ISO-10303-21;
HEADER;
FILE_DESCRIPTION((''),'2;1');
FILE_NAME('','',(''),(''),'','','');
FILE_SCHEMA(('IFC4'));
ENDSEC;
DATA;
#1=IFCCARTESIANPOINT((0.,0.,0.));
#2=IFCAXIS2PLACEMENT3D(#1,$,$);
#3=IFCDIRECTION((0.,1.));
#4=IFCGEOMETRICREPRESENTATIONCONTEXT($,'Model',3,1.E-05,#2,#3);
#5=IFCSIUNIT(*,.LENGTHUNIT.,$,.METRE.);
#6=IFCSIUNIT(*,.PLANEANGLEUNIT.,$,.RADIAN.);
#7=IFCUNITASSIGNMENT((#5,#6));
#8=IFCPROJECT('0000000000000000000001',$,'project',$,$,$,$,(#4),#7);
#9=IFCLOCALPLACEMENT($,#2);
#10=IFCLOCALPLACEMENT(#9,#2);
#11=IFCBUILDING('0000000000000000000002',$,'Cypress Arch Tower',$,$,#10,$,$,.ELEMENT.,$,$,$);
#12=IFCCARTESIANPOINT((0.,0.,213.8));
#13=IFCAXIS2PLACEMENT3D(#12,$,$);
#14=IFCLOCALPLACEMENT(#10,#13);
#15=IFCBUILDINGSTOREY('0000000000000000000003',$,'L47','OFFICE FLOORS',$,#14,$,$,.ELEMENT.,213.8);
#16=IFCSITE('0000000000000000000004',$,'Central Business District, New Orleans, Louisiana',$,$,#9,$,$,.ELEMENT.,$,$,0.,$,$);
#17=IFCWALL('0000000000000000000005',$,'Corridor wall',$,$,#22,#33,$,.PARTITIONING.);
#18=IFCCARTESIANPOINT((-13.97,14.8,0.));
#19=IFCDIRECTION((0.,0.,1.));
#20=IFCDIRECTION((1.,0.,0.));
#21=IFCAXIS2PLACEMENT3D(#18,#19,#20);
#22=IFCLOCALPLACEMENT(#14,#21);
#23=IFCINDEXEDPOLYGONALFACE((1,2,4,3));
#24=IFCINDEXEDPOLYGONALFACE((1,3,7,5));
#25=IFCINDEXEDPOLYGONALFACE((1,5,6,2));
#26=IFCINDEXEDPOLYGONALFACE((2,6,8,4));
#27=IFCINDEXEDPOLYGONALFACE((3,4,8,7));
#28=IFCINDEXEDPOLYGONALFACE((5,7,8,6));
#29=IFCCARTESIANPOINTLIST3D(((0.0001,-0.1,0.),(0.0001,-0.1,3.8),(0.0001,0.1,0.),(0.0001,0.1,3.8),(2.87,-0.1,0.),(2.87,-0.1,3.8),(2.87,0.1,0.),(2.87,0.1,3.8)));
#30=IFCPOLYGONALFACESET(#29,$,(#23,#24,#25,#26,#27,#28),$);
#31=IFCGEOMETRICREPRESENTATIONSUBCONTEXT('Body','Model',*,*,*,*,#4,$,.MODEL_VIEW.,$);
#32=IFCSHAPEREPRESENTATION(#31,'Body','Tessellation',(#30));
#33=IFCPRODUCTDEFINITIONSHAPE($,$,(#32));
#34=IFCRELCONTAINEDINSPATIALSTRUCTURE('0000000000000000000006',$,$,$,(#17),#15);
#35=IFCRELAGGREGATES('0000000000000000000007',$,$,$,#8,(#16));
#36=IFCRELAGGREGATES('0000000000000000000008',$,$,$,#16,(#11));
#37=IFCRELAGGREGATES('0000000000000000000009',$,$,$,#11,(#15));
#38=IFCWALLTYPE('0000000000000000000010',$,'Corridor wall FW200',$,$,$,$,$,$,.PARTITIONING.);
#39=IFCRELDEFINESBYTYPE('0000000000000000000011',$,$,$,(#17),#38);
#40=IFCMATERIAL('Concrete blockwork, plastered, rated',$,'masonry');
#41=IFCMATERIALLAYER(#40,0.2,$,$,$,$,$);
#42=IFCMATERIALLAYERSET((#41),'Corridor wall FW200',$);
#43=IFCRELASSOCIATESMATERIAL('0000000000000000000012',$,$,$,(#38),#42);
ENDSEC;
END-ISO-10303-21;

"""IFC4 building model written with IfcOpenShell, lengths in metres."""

from ifc_helpers import new_model, si_unit, direction, frame, frame_2d, origin, place, context, subcontext, project, spatial, rectangle, extrude, material, layer, layer_set, type_object, element, save


model = new_model("IFC4")

# Units and contexts
model_context = context("Model", 3, precision=1e-05, world=origin(), true_north=direction((0.0, 1.0)))
body_context = subcontext(model_context, "Body", "Model", "MODEL_VIEW")
ifc_project = project(units=[si_unit("LENGTHUNIT", "METRE"), si_unit("PLANEANGLEUNIT", "RADIAN")], contexts=[model_context])

# Site, building, storey
site_placement = place(None, origin())
site = spatial("IfcSite", under=ifc_project, at=site_placement, Name="Central Business District, New Orleans, Louisiana", CompositionType="ELEMENT", RefElevation=0.0)
building_placement = place(site_placement, origin())
building = spatial("IfcBuilding", under=site, at=building_placement, Name="Cypress Arch Tower", CompositionType="ELEMENT")
storey_placement = place(building_placement, frame((0.0, 0.0, 213.8)))
storey = spatial("IfcBuildingStorey", under=building, at=storey_placement, Name="L47", Description="OFFICE FLOORS", CompositionType="ELEMENT", Elevation=213.8)

# Wall
ifc_material_1 = material(Name="Concrete blockwork, plastered, rated", Category="masonry")
ifc_layer_1 = layer(ifc_material_1, 0.2)
ifc_layer_set_1 = layer_set([ifc_layer_1], Name="Corridor wall FW200")
wall_type_1 = type_object("IfcWallType", Name="Corridor wall FW200", PredefinedType="PARTITIONING", material=ifc_layer_set_1)
wall_1_placement = place(storey_placement, frame((-13.97, 14.8, 0.0), z_axis=(0.0, 0.0, 1.0), x_axis=(1.0, 0.0, 0.0)))
element("IfcWall", 1, at=wall_1_placement, inside=storey, type_object=wall_type_1, Name="Corridor wall", PredefinedType="PARTITIONING", context=body_context, shape_type="SweptSolid", body=[
    extrude(rectangle(XDim=2.8699, YDim=0.2, at=frame_2d((1.4351, 0.0))), origin(), (0.0, 0.0, 1.0), 3.8),
])

save(model, "model.ifc")
